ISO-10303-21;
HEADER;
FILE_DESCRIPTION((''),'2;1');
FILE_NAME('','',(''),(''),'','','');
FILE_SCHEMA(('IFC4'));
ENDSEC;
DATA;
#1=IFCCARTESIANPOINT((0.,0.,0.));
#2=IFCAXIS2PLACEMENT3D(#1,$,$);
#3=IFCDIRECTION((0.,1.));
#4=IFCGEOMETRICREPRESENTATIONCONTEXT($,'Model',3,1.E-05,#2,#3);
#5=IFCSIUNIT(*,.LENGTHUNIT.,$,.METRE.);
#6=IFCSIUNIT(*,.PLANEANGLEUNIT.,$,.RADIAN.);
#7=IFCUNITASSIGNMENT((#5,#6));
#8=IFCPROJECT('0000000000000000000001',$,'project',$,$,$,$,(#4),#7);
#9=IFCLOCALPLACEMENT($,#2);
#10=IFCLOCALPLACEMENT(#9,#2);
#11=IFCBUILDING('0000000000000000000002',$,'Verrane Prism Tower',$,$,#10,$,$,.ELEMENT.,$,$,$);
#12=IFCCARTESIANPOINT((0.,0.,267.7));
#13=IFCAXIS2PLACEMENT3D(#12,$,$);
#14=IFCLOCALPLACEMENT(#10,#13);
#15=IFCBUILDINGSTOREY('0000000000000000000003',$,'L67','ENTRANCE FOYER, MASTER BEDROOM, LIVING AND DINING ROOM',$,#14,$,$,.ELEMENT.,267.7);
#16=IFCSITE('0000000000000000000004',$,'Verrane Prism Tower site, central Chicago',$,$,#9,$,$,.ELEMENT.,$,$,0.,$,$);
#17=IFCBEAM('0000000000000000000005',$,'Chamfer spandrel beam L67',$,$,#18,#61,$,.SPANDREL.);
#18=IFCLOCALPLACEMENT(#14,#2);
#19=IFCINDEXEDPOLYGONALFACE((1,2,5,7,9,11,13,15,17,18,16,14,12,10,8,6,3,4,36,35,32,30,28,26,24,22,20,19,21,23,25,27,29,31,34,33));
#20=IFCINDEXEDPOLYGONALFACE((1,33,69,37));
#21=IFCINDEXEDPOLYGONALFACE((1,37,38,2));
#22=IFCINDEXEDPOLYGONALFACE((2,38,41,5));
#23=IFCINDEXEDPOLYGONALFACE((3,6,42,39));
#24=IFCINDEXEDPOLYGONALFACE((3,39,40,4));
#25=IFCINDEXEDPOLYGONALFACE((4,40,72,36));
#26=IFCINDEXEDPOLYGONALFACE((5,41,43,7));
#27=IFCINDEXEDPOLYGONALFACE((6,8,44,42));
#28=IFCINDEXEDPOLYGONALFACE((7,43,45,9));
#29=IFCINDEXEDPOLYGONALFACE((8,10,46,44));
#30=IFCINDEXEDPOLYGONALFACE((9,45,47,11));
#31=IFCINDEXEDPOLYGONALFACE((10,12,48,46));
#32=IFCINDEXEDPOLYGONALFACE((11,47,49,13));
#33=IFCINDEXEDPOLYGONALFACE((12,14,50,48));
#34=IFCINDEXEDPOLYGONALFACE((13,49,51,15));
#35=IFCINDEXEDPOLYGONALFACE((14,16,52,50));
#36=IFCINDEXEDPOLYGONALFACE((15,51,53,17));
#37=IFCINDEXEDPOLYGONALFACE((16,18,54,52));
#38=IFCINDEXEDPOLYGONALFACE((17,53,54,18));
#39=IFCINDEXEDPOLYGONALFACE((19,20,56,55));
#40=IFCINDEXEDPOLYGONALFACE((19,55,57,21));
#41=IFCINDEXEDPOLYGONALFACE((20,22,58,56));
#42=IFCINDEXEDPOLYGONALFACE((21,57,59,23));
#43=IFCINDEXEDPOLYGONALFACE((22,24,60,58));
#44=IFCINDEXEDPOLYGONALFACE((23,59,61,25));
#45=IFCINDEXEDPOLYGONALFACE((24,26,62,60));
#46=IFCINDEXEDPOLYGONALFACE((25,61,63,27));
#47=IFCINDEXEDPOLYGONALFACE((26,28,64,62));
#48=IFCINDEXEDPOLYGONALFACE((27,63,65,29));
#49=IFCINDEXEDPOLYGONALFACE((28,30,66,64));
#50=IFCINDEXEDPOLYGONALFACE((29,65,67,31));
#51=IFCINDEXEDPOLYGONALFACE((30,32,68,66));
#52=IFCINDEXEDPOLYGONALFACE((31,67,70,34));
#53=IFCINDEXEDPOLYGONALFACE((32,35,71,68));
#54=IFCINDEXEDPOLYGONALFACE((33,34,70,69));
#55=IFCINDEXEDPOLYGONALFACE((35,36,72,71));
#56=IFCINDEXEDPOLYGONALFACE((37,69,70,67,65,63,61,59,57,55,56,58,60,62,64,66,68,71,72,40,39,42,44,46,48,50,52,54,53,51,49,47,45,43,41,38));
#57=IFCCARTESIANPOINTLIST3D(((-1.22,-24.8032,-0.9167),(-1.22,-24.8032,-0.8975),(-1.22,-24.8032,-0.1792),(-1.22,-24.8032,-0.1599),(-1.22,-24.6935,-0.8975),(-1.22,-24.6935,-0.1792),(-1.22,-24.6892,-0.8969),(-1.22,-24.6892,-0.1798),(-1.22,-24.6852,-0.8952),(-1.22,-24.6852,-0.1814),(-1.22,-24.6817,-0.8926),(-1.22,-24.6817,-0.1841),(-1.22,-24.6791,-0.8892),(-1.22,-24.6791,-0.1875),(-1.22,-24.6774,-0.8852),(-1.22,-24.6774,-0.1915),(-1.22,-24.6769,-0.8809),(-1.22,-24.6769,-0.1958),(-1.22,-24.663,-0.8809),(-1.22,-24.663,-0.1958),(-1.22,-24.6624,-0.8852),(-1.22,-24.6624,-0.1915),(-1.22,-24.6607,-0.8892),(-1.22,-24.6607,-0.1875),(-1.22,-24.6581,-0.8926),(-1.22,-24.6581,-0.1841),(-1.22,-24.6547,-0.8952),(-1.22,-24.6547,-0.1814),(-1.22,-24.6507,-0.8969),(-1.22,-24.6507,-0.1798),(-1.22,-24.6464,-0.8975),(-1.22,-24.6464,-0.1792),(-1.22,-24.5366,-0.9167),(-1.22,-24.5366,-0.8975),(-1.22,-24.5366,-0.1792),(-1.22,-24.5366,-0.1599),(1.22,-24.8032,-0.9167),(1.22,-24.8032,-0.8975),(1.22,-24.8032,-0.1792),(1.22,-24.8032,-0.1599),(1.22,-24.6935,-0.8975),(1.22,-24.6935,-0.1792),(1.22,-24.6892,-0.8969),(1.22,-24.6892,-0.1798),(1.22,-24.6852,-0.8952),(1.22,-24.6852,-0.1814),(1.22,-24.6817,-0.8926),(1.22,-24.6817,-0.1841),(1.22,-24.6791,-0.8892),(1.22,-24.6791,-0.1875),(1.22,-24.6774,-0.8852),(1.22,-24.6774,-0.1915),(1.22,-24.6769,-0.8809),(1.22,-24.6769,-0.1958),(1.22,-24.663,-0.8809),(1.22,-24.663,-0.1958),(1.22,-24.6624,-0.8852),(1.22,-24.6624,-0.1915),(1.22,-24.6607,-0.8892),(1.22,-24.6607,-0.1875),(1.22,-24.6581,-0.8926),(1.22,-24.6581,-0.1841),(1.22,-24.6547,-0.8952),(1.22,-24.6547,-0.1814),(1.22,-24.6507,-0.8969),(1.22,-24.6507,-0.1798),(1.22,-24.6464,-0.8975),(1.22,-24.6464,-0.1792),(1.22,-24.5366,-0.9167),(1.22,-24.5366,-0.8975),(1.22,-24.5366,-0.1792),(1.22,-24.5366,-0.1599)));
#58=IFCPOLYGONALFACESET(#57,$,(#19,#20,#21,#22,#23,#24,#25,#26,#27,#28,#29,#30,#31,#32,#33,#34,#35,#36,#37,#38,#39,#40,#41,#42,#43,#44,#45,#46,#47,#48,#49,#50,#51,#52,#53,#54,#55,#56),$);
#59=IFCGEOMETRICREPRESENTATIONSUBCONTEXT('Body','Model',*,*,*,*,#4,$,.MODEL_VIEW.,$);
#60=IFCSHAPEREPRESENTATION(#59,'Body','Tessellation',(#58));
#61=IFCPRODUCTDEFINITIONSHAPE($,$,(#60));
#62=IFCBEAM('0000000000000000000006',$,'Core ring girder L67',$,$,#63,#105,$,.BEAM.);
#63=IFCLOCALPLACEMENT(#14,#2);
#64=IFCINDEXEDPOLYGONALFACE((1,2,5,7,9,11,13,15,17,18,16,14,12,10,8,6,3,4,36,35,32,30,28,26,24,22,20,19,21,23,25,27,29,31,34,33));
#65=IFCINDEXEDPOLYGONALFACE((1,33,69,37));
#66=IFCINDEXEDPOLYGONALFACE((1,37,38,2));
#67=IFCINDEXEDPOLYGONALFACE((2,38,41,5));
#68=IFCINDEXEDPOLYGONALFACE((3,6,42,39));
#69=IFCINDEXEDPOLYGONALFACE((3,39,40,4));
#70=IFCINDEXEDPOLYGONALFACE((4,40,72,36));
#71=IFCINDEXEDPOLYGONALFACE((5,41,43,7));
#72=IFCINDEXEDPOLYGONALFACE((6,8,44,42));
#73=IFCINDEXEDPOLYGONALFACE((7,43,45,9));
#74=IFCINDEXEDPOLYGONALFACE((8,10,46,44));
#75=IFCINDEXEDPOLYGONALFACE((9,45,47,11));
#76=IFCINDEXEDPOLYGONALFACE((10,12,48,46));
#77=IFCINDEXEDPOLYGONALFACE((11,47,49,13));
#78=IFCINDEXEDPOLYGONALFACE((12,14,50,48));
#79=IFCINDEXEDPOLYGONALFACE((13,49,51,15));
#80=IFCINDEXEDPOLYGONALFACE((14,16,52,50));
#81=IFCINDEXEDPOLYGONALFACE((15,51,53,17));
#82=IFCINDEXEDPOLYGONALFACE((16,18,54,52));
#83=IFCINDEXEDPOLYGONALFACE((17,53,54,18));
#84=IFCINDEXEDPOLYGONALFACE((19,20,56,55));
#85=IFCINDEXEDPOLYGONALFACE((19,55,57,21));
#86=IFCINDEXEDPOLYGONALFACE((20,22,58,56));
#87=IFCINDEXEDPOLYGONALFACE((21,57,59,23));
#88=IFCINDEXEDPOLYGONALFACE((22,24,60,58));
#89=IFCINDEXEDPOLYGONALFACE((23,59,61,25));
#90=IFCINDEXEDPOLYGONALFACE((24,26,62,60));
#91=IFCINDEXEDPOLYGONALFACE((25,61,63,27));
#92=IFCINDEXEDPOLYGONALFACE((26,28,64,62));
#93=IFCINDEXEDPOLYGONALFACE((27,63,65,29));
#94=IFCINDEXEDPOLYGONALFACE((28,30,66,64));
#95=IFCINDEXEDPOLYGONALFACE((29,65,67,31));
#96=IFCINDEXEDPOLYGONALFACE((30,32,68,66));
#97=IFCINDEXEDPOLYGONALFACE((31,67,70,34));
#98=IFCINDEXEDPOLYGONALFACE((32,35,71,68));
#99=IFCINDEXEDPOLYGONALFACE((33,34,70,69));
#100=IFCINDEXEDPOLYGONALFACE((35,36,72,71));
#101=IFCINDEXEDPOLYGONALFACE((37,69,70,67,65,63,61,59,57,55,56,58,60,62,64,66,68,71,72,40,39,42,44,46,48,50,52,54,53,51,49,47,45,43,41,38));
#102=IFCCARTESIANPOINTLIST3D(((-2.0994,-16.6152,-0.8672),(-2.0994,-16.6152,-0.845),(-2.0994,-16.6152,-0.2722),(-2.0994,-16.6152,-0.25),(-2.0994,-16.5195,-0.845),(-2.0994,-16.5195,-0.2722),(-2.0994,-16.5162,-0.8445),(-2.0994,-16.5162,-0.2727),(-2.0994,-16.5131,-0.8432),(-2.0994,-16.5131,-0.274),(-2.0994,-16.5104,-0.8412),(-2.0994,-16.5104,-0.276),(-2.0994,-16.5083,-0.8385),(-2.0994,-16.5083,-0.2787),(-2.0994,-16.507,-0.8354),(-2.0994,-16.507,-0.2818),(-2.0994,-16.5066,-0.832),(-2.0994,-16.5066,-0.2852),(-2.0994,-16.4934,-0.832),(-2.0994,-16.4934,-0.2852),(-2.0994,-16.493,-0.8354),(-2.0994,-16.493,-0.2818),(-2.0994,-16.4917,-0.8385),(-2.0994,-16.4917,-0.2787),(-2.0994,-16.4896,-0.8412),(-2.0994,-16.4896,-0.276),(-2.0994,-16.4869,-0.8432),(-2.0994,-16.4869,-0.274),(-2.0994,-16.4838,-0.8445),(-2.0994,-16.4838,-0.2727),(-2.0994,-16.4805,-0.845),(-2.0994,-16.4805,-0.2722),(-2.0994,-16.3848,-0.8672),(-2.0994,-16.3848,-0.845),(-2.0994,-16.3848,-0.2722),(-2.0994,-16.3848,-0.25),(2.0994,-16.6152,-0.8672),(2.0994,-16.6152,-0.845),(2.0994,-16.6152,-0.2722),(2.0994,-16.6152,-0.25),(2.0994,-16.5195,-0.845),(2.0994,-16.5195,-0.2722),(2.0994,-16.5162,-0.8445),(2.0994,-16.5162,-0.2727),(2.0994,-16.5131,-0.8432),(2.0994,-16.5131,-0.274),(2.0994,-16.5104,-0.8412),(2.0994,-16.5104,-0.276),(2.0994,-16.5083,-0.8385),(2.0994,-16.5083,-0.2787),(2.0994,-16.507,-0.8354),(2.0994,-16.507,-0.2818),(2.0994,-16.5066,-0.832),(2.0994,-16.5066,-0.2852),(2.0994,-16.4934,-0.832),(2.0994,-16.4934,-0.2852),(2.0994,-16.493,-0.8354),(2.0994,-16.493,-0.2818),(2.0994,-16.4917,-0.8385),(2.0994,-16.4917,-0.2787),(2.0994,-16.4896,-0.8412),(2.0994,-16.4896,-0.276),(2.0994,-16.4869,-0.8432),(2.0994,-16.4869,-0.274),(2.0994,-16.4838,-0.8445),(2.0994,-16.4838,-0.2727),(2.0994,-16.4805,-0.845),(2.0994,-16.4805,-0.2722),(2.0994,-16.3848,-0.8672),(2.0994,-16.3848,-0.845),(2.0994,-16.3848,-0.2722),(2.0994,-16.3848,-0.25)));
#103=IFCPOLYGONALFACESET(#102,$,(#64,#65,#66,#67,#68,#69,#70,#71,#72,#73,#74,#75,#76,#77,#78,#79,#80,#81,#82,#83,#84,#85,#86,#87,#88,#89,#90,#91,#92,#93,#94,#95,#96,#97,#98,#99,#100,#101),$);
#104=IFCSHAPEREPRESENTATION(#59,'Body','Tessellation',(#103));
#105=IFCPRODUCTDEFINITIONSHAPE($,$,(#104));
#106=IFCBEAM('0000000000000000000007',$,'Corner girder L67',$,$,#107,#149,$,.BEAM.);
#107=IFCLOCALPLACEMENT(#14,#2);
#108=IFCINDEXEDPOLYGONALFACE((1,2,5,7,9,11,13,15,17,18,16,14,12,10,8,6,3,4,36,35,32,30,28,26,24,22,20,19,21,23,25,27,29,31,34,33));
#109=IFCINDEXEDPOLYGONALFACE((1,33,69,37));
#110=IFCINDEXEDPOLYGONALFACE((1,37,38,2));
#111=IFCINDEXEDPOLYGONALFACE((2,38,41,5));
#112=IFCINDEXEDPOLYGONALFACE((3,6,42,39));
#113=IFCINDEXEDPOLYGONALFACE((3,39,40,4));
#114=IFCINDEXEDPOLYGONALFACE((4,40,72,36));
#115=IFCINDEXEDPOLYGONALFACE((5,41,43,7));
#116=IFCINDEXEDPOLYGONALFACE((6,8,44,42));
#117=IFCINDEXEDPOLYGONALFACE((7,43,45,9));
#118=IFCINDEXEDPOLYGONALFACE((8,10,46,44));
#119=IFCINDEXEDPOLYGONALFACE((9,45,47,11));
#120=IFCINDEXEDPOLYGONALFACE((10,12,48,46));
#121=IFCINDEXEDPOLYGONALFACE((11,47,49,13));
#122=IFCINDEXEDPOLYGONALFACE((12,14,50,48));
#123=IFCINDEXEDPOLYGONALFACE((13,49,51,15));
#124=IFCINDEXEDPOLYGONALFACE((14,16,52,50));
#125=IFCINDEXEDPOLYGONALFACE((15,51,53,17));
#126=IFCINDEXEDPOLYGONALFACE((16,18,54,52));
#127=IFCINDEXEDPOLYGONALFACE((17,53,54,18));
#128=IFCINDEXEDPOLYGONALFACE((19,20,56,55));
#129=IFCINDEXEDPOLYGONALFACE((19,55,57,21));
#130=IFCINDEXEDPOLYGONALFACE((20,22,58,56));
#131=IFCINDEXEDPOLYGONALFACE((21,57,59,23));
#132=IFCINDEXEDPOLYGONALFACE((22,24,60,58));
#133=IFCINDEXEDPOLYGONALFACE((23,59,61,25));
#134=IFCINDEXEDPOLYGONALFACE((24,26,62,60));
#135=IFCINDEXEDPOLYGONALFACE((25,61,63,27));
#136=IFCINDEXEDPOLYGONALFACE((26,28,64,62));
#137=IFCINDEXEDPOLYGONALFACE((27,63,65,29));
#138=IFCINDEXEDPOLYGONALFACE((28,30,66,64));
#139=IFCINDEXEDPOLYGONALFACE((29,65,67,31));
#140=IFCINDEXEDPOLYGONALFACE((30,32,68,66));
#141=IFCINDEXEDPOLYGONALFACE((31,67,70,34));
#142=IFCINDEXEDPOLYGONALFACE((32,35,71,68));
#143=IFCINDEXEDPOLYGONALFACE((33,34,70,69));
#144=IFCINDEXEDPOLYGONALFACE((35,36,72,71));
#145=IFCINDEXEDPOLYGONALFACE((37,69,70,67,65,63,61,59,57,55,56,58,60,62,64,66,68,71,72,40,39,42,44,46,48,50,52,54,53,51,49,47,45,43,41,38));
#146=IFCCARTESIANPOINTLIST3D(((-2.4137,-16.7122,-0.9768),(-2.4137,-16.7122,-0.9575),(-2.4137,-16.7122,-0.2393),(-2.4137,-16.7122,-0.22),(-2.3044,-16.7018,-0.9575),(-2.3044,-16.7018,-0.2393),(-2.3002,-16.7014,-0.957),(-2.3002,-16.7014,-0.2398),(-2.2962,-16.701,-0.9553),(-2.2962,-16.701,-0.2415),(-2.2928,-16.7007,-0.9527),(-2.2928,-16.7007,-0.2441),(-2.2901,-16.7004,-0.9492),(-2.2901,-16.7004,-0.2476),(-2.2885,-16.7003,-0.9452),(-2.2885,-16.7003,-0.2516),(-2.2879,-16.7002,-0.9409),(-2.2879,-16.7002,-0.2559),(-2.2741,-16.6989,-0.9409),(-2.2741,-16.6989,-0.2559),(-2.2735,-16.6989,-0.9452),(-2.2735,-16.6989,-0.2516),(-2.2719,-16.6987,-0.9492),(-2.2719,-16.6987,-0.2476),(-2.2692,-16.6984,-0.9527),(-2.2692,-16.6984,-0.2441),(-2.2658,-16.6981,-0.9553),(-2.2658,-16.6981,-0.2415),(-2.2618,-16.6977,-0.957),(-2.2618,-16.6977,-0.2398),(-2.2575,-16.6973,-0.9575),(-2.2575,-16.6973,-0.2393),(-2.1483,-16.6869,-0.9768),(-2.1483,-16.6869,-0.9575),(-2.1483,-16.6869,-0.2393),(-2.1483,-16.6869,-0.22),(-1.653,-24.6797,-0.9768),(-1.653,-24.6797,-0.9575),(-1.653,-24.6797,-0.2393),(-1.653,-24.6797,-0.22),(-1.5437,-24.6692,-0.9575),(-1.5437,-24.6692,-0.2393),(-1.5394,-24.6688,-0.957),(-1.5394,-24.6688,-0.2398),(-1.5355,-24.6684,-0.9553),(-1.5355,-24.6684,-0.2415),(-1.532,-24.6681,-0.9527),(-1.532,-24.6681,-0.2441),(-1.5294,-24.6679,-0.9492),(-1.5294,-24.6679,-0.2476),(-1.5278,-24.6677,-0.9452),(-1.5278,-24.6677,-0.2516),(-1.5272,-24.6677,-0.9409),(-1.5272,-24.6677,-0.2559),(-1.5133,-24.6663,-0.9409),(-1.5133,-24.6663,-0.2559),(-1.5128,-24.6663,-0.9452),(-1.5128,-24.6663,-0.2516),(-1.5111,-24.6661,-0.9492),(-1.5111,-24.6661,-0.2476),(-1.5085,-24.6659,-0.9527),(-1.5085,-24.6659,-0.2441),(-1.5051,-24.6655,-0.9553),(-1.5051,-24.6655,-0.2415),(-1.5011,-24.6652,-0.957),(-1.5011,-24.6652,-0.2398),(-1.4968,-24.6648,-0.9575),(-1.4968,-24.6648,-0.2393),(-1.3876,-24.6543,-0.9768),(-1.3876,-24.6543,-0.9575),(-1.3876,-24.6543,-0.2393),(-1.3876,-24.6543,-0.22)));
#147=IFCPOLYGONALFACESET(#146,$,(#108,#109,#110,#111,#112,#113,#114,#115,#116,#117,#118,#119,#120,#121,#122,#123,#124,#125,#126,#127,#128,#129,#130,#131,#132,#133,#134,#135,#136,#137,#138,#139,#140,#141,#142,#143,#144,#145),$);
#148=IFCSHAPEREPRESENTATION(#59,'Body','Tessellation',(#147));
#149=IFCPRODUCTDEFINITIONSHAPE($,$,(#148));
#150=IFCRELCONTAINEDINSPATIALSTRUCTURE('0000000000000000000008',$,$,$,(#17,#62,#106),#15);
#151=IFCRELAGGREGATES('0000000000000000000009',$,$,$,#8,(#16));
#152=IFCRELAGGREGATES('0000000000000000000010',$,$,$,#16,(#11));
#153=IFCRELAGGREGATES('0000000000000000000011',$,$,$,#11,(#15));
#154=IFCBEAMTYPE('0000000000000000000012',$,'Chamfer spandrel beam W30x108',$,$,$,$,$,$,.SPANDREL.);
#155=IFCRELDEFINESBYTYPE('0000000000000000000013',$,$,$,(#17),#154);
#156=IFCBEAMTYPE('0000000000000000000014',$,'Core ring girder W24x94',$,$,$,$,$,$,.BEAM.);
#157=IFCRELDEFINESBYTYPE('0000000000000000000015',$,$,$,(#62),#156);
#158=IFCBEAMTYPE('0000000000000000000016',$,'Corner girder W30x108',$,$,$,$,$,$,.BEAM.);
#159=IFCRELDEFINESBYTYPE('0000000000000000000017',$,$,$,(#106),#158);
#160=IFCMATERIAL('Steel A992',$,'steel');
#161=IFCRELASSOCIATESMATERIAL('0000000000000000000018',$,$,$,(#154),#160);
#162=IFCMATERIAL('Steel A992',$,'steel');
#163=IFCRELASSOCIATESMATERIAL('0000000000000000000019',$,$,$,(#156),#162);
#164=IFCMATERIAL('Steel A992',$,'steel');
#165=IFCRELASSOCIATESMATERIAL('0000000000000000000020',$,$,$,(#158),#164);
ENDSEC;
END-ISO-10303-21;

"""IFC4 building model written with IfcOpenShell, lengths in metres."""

from ifc_helpers import new_model, si_unit, direction, frame, origin, origin_2d, place, context, subcontext, project, spatial, i_section, extrude, material, material_profile, profile_set, type_object, element, save


model = new_model("IFC4")

# Units and contexts
model_context = context("Model", 3, precision=1e-05, world=origin(), true_north=direction((0.0, 1.0)))
body_context = subcontext(model_context, "Body", "Model", "MODEL_VIEW")
ifc_project = project(units=[si_unit("LENGTHUNIT", "METRE"), si_unit("PLANEANGLEUNIT", "RADIAN")], contexts=[model_context])

# Site, building, storey
site_placement = place(None, origin())
site = spatial("IfcSite", under=ifc_project, at=site_placement, Name="Verrane Prism Tower site, central Chicago", CompositionType="ELEMENT", RefElevation=0.0)
building_placement = place(site_placement, origin())
building = spatial("IfcBuilding", under=site, at=building_placement, Name="Verrane Prism Tower", CompositionType="ELEMENT")
storey_placement = place(building_placement, frame((0.0, 0.0, 267.7)))
storey = spatial("IfcBuildingStorey", under=building, at=storey_placement, Name="L67", Description="ENTRANCE FOYER, MASTER BEDROOM, LIVING AND DINING ROOM", CompositionType="ELEMENT", Elevation=267.7)

# Beams
ifc_material_1 = material(Name="Steel A992", Category="steel")
ifc_material_profile_1 = material_profile(ifc_material_1, i_section(OverallWidth=0.2666, OverallDepth=0.7568, WebThickness=0.0139, FlangeThickness=0.0193, FilletRadius=0.0166, at=origin_2d()), Name="W30x108")
ifc_profile_set_1 = profile_set([ifc_material_profile_1], Name="Steel A992")
beam_type_1 = type_object("IfcBeamType", Name="Chamfer spandrel beam W30x108", PredefinedType="SPANDREL", material=ifc_profile_set_1)
beam_1_placement = place(storey_placement, frame((-1.22, -24.6699, -0.5383), z_axis=(1.0, 0.0, 0.0), x_axis=(0.0, 1.0, 0.0)))
element("IfcBeam", 1, at=beam_1_placement, inside=storey, type_object=beam_type_1, Name="Chamfer spandrel beam L67", PredefinedType="SPANDREL", context=body_context, shape_type="SweptSolid", body=[
    extrude(i_section(OverallWidth=0.2666, OverallDepth=0.7568, WebThickness=0.0139, FlangeThickness=0.0193, FilletRadius=0.0166, at=origin_2d()), origin(), (0.0, 0.0, 1.0), 2.4399),
])
ifc_material_2 = material(Name="Steel A992", Category="steel")
ifc_material_profile_2 = material_profile(ifc_material_2, i_section(OverallWidth=0.2305, OverallDepth=0.6172, WebThickness=0.0132, FlangeThickness=0.0222, FilletRadius=0.0129, at=origin_2d()), Name="W24x94")
ifc_profile_set_2 = profile_set([ifc_material_profile_2], Name="Steel A992")
beam_type_2 = type_object("IfcBeamType", Name="Core ring girder W24x94", PredefinedType="BEAM", material=ifc_profile_set_2)
beam_2_placement = place(storey_placement, frame((-2.0994, -16.5, -0.5586), z_axis=(1.0, 0.0, 0.0), x_axis=(0.0, 1.0, 0.0)))
element("IfcBeam", 2, at=beam_2_placement, inside=storey, type_object=beam_type_2, Name="Core ring girder L67", PredefinedType="BEAM", context=body_context, shape_type="SweptSolid", body=[
    extrude(i_section(OverallWidth=0.2305, OverallDepth=0.6172, WebThickness=0.0132, FlangeThickness=0.0222, FilletRadius=0.0129, at=origin_2d()), origin(), (0.0, 0.0, 1.0), 4.1987),
])
ifc_material_3 = material(Name="Steel A992", Category="steel")
ifc_material_profile_3 = material_profile(ifc_material_3, i_section(OverallWidth=0.2666, OverallDepth=0.7568, WebThickness=0.0139, FlangeThickness=0.0193, FilletRadius=0.0166, at=origin_2d()), Name="W30x108")
ifc_profile_set_3 = profile_set([ifc_material_profile_3], Name="Steel A992")
beam_type_3 = type_object("IfcBeamType", Name="Corner girder W30x108", PredefinedType="BEAM", material=ifc_profile_set_3)
beam_3_placement = place(storey_placement, frame((-1.5203, -24.667, -0.5984), z_axis=(-0.095048, 0.995473, 0.0), x_axis=(-0.995473, -0.095048, 0.0)))
element("IfcBeam", 3, at=beam_3_placement, inside=storey, type_object=beam_type_3, Name="Corner girder L67", PredefinedType="BEAM", context=body_context, shape_type="SweptSolid", body=[
    extrude(i_section(OverallWidth=0.2666, OverallDepth=0.7568, WebThickness=0.0139, FlangeThickness=0.0193, FilletRadius=0.0166, at=origin_2d()), origin(), (0.0, 0.0, 1.0), 8.0037),
])

save(model, "model.ifc")
